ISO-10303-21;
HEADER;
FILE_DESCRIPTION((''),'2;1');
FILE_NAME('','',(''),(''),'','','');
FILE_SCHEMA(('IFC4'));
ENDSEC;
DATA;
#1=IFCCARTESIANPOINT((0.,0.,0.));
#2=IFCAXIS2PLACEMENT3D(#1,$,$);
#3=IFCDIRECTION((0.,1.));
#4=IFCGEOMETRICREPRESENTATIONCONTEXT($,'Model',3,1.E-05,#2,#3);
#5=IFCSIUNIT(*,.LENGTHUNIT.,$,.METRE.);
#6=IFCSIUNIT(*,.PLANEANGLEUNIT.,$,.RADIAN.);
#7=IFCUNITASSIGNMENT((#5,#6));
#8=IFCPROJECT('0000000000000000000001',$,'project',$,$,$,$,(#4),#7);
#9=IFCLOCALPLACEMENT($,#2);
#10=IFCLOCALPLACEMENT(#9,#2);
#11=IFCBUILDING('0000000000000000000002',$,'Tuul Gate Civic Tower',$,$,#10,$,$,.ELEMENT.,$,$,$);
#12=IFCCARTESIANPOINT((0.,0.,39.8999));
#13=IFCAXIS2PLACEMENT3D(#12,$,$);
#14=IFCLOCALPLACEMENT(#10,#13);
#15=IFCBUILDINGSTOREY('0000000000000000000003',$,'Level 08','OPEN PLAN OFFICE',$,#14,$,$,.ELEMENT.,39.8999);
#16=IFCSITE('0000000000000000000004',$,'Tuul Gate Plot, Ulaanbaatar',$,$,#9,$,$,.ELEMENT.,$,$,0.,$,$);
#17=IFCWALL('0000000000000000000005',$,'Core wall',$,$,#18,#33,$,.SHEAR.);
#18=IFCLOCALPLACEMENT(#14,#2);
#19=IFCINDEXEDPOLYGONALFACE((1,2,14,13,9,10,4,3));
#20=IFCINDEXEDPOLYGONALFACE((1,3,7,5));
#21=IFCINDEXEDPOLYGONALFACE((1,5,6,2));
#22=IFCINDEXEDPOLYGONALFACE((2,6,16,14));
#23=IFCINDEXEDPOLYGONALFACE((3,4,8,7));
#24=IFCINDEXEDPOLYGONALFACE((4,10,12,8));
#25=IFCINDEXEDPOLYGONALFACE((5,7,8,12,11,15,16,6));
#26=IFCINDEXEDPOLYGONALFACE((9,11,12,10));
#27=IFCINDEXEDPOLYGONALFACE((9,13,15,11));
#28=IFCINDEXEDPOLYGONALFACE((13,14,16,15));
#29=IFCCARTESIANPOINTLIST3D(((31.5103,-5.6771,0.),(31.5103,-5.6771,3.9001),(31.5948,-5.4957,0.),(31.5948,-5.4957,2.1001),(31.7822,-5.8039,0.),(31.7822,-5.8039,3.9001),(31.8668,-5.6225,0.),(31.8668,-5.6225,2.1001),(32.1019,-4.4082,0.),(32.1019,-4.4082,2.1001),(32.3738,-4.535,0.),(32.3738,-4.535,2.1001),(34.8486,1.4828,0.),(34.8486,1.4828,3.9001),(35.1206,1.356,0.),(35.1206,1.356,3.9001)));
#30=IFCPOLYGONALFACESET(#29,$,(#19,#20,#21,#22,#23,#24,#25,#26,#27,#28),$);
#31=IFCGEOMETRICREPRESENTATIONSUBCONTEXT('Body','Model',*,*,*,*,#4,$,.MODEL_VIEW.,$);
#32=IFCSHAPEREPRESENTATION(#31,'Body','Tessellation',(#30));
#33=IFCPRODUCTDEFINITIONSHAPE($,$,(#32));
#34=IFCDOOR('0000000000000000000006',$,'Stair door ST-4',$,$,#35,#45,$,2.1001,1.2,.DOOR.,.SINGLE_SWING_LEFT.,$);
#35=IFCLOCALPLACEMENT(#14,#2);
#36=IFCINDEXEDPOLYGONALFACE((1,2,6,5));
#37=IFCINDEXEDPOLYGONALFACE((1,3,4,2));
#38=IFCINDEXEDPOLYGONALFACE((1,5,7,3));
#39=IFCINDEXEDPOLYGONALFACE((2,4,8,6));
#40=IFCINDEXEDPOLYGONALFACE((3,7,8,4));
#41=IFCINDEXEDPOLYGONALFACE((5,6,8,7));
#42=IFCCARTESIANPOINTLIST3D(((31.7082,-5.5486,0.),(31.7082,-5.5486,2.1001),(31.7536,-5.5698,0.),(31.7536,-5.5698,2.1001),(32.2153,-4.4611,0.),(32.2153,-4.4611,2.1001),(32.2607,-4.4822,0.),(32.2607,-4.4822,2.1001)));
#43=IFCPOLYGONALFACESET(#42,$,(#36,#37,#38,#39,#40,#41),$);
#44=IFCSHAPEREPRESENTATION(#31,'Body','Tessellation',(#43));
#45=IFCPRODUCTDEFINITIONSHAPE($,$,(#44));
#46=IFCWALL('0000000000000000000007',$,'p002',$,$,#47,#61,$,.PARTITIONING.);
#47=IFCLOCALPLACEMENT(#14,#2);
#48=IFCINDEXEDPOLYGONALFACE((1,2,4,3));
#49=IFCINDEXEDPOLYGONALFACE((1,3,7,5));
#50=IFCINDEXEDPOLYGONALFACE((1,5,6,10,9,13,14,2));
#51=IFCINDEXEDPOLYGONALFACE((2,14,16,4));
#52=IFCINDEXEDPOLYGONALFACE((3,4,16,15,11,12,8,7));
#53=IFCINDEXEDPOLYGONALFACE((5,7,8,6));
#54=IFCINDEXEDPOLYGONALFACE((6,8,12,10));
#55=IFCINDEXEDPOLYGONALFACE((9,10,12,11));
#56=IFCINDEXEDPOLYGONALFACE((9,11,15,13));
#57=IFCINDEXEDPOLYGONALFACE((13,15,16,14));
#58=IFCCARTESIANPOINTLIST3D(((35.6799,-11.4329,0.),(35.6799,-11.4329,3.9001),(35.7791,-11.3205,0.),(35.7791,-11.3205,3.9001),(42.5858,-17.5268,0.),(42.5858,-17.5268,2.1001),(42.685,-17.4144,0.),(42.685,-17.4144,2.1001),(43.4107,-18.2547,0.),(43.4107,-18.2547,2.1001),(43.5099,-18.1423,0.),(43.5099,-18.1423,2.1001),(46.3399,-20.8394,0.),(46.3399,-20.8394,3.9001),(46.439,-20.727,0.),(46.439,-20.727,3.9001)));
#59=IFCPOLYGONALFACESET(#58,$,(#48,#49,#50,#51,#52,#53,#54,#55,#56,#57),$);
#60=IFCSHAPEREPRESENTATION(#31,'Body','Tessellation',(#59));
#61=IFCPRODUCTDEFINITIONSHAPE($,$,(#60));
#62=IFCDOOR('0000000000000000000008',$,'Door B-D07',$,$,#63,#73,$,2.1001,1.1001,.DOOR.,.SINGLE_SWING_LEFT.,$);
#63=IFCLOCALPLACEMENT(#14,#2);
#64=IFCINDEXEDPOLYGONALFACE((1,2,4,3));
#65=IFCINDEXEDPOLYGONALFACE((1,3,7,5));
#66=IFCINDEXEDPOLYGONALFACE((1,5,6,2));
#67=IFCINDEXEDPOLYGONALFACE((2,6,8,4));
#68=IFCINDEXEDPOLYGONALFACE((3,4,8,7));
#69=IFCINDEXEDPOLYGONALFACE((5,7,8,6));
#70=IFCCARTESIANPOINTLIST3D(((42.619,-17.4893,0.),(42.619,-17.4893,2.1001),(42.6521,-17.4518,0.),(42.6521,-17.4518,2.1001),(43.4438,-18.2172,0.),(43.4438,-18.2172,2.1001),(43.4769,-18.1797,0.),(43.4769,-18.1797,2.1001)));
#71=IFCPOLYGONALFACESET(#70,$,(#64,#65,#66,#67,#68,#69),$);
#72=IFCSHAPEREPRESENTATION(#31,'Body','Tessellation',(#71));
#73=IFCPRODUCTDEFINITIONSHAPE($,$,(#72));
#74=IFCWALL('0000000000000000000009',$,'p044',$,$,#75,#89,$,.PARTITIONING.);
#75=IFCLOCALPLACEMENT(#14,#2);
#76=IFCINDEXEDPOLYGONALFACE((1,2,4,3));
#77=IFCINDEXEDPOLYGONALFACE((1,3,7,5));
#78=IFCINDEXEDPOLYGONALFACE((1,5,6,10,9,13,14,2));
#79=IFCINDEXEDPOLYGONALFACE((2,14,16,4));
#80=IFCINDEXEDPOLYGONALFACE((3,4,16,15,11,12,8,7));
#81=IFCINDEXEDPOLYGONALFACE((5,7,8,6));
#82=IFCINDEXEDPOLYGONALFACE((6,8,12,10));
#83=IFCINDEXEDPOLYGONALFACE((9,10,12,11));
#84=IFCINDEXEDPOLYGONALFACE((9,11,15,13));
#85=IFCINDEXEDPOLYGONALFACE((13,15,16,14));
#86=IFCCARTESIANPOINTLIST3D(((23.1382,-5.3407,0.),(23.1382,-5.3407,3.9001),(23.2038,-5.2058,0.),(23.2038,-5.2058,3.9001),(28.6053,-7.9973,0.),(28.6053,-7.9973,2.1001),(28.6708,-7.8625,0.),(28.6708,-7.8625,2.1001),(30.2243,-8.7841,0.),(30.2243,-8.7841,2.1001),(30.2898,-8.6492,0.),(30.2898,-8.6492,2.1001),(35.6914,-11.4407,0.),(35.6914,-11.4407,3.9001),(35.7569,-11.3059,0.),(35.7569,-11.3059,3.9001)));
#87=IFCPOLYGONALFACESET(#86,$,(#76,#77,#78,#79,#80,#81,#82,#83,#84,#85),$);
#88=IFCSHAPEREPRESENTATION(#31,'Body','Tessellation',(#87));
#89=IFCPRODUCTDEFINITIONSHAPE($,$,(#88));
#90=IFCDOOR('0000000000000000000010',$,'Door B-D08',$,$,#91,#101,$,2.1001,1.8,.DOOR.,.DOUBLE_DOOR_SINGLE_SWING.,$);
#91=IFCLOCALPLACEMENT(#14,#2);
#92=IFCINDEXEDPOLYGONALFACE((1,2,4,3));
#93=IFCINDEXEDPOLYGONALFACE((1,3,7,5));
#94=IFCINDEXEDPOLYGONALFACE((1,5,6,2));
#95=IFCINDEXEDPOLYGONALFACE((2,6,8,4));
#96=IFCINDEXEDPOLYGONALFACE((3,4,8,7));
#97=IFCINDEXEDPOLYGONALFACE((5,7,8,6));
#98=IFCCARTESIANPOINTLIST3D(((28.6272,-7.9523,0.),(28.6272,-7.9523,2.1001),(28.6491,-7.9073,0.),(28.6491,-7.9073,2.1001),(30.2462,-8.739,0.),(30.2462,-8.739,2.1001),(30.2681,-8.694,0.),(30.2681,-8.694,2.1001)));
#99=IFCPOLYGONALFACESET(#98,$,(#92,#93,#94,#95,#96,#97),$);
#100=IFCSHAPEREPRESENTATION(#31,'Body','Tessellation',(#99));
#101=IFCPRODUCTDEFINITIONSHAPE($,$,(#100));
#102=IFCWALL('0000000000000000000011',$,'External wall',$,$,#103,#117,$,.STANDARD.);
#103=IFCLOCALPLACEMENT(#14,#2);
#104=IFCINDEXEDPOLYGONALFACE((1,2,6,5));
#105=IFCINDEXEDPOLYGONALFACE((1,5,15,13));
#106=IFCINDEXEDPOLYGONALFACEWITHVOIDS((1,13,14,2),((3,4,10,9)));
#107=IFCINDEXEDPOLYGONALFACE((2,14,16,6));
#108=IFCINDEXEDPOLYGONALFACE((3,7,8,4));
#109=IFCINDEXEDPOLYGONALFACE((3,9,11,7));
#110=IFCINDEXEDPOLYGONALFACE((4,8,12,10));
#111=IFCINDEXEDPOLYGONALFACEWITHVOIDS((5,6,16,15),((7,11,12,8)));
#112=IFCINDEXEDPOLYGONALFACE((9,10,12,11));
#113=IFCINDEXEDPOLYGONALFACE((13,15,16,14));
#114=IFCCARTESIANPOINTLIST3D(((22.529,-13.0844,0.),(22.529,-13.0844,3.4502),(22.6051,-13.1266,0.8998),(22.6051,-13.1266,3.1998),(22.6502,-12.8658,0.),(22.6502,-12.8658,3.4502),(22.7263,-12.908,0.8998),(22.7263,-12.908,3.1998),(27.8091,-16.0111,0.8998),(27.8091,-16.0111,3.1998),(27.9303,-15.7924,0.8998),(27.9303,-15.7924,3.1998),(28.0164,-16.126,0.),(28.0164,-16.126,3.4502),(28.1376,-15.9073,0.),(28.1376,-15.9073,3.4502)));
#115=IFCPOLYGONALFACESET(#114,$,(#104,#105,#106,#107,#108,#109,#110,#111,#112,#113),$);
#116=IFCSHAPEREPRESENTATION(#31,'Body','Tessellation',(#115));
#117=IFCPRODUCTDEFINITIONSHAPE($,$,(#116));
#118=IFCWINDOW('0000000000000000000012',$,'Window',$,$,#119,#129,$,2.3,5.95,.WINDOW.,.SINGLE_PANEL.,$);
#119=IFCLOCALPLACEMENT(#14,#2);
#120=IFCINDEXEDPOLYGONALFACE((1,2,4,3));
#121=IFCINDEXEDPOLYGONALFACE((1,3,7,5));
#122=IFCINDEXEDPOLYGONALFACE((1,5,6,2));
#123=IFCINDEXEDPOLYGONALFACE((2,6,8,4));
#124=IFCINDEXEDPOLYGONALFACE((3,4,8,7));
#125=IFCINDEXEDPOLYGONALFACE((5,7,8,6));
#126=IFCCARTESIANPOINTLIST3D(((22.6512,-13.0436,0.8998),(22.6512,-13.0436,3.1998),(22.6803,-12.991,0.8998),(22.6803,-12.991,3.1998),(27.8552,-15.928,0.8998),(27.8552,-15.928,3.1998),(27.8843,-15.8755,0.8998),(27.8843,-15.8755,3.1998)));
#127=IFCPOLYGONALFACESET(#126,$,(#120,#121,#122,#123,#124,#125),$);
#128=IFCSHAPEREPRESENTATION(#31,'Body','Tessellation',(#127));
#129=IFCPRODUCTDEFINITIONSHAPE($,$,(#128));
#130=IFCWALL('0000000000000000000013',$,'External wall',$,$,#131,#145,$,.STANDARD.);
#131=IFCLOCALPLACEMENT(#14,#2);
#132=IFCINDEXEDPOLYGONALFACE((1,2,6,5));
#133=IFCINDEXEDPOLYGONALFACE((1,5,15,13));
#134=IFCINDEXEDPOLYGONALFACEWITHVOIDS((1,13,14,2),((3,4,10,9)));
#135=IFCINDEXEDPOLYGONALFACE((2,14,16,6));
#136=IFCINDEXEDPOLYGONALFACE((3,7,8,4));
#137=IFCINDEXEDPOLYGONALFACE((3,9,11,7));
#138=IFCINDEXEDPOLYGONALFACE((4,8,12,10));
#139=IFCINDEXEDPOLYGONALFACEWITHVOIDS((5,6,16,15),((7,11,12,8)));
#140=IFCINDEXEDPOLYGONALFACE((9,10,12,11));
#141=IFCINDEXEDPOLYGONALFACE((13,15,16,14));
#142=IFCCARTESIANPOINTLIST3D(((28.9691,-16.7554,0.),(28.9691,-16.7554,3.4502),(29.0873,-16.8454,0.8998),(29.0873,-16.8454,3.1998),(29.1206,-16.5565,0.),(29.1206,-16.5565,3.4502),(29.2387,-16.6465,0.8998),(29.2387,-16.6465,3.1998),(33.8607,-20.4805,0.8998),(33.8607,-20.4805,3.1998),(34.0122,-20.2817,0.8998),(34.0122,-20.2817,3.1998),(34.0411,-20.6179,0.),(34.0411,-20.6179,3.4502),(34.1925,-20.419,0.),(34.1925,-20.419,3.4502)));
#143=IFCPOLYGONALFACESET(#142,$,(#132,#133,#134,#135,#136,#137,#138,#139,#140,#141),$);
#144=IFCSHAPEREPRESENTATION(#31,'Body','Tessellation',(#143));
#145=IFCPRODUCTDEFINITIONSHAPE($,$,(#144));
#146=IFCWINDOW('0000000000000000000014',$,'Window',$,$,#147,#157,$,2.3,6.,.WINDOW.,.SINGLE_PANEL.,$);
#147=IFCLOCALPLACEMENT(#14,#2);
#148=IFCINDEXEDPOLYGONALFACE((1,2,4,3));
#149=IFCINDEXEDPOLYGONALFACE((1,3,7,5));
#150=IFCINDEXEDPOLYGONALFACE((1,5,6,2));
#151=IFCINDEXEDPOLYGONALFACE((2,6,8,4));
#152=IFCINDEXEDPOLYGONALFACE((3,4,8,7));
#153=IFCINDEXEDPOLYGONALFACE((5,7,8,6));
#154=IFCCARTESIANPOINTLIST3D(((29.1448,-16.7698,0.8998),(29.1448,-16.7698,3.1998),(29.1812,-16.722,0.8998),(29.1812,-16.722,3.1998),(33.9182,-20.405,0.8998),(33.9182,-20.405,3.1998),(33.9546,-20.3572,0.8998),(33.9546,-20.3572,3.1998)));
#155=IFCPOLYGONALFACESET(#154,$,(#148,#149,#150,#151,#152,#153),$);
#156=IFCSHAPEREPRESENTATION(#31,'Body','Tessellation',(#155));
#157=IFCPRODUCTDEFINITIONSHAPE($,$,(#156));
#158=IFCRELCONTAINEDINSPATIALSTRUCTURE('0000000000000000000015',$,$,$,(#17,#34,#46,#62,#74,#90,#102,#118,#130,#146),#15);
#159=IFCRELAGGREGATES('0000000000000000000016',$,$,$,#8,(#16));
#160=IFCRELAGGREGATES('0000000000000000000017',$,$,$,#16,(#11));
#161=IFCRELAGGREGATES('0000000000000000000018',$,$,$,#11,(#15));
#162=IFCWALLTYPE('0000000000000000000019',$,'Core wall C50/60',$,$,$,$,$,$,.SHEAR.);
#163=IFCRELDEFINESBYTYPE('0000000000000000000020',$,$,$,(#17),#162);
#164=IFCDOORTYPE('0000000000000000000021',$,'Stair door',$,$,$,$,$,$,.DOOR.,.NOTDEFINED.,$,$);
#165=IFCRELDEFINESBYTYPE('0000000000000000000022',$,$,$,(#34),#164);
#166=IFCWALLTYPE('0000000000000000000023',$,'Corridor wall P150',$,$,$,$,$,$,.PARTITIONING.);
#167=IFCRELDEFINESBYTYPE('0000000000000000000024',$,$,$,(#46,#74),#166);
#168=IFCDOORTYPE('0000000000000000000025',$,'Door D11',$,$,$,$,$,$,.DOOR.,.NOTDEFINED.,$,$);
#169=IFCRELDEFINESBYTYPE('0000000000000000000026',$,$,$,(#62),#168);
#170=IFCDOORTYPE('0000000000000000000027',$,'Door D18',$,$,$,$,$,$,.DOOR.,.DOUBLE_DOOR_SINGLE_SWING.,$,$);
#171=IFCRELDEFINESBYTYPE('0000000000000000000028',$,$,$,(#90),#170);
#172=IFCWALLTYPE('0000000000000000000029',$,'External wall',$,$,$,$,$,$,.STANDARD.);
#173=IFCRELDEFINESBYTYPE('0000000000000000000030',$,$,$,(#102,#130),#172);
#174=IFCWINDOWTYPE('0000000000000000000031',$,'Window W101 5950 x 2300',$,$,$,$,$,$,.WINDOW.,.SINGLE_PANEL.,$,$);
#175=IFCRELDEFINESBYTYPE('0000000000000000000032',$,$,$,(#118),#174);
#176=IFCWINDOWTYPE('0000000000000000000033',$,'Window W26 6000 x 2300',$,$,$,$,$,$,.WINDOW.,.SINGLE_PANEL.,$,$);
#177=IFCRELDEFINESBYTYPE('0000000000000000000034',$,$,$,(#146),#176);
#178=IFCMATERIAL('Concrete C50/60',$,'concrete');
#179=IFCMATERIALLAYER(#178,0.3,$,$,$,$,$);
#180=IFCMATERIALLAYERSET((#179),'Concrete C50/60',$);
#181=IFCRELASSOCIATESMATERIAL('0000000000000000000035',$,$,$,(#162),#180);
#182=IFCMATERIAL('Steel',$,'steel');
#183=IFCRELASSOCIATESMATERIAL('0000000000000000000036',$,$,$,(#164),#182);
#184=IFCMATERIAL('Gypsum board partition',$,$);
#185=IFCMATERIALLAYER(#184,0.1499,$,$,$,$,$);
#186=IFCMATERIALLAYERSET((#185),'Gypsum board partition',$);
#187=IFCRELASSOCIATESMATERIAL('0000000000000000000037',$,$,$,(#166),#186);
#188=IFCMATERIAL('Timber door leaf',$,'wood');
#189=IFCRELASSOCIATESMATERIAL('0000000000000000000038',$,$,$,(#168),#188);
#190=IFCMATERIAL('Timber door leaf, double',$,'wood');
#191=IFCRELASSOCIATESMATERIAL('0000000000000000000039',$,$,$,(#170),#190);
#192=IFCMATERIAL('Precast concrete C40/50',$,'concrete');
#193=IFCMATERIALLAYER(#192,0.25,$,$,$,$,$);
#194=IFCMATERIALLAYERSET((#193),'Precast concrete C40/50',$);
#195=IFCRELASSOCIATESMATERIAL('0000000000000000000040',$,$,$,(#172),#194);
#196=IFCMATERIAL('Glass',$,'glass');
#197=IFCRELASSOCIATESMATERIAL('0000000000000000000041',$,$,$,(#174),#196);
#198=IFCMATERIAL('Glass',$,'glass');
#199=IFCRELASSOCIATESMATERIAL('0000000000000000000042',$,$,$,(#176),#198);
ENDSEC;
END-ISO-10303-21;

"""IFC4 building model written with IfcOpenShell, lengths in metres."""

from ifc_helpers import new_model, si_unit, direction, frame, frame_2d, origin, place, context, subcontext, project, spatial, rectangle, extrude, material, layer, layer_set, type_object, element, fill, save


model = new_model("IFC4")

# Units and contexts
model_context = context("Model", 3, precision=1e-05, world=origin(), true_north=direction((0.0, 1.0)))
body_context = subcontext(model_context, "Body", "Model", "MODEL_VIEW")
ifc_project = project(units=[si_unit("LENGTHUNIT", "METRE"), si_unit("PLANEANGLEUNIT", "RADIAN")], contexts=[model_context])

# Site, building, storey
site_placement = place(None, origin())
site = spatial("IfcSite", under=ifc_project, at=site_placement, Name="Tuul Gate Plot, Ulaanbaatar", CompositionType="ELEMENT", RefElevation=0.0)
building_placement = place(site_placement, origin())
building = spatial("IfcBuilding", under=site, at=building_placement, Name="Tuul Gate Civic Tower", CompositionType="ELEMENT")
storey_placement = place(building_placement, frame((0.0, 0.0, 39.8999)))
storey = spatial("IfcBuildingStorey", under=building, at=storey_placement, Name="Level 08", Description="OPEN PLAN OFFICE", CompositionType="ELEMENT", Elevation=39.8999)

# Shared definitions
ifc_material_1 = material(Name="Concrete C50/60", Category="concrete")
ifc_layer_1 = layer(ifc_material_1, 0.3)
ifc_layer_set_1 = layer_set([ifc_layer_1], Name="Concrete C50/60")
wall_type_1 = type_object("IfcWallType", Name="Core wall C50/60", PredefinedType="SHEAR", material=ifc_layer_set_1)

# Walls, openings, doors
wall_1_placement = place(storey_placement, frame((31.6462, -5.7405, 0.0), z_axis=(0.0, 0.0, 1.0), x_axis=(0.422583, 0.906324, 0.0)))
wall_1 = element("IfcWall", 1, at=wall_1_placement, inside=storey, type_object=wall_type_1, Name="Core wall", PredefinedType="SHEAR", context=body_context, shape_type="SweptSolid", body=[
    extrude(rectangle(XDim=7.8999, YDim=0.3, at=frame_2d((3.95, 0.0))), origin(), (0.0, 0.0, 1.0), 3.9001),
])
opening_1_placement = place(wall_1_placement, frame((0.2, 0.0, 0.0)))
opening_1 = element("IfcOpeningElement", 2, at=opening_1_placement, cuts=wall_1, PredefinedType="OPENING", context=body_context, shape_type="SweptSolid", body=[
    extrude(rectangle(XDim=1.2, YDim=2.1001, at=frame_2d((0.6001, 1.05))), frame((0.0, 0.1602, 0.0), z_axis=(0.0, -1.0, 0.0), x_axis=(1.0, 0.0, 0.0)), (0.0, 0.0, 1.0), 0.3201),
])
ifc_material_2 = material(Name="Steel", Category="steel")
door_type_1 = type_object("IfcDoorType", Name="Stair door", OperationType="NOTDEFINED", PredefinedType="DOOR", material=ifc_material_2)
door_1_placement = place(opening_1_placement, origin())
door_1 = element("IfcDoor", 3, at=door_1_placement, inside=storey, type_object=door_type_1, Name="Stair door ST-4", OperationType="SINGLE_SWING_LEFT", OverallHeight=2.1001, OverallWidth=1.2, PredefinedType="DOOR", context=body_context, shape_type="SweptSolid", body=[
    extrude(rectangle(XDim=1.2, YDim=2.1001, at=frame_2d((0.6001, 1.05))), frame((0.0, 0.0249, 0.0), z_axis=(0.0, -1.0, 0.0), x_axis=(1.0, 0.0, 0.0)), (0.0, 0.0, 1.0), 0.05),
])
fill(opening_1, door_1)
ifc_material_3 = material(Name="Gypsum board partition")
ifc_layer_2 = layer(ifc_material_3, 0.1499)
ifc_layer_set_2 = layer_set([ifc_layer_2], Name="Gypsum board partition")
wall_type_2 = type_object("IfcWallType", Name="Corridor wall P150", PredefinedType="PARTITIONING", material=ifc_layer_set_2)
wall_2_placement = place(storey_placement, frame((35.7295, -11.3767, 0.0), z_axis=(0.0, 0.0, 1.0), x_axis=(0.749814, -0.661649, 0.0)))
wall_2 = element("IfcWall", 4, at=wall_2_placement, inside=storey, type_object=wall_type_2, Name="p002", PredefinedType="PARTITIONING", context=body_context, shape_type="SweptSolid", body=[
    extrude(rectangle(XDim=14.2168, YDim=0.1499, at=frame_2d((7.1084, 0.0))), origin(), (0.0, 0.0, 1.0), 3.9001),
])
opening_2_placement = place(wall_2_placement, frame((9.2102, 0.0, 0.0)))
opening_2 = element("IfcOpeningElement", 5, at=opening_2_placement, cuts=wall_2, PredefinedType="OPENING", context=body_context, shape_type="SweptSolid", body=[
    extrude(rectangle(XDim=1.1001, YDim=2.1001, at=frame_2d((0.55, 1.05))), frame((0.0, 0.085, 0.0), z_axis=(0.0, -1.0, 0.0), x_axis=(1.0, 0.0, 0.0)), (0.0, 0.0, 1.0), 0.1699),
])
ifc_material_4 = material(Name="Timber door leaf", Category="wood")
door_type_2 = type_object("IfcDoorType", Name="Door D11", OperationType="NOTDEFINED", PredefinedType="DOOR", material=ifc_material_4)
door_2_placement = place(opening_2_placement, frame((1.1001, 0.0, 0.0), z_axis=(0.0, 0.0, 1.0), x_axis=(-1.0, 0.0, 0.0)))
door_2 = element("IfcDoor", 6, at=door_2_placement, inside=storey, type_object=door_type_2, Name="Door B-D07", OperationType="SINGLE_SWING_LEFT", OverallHeight=2.1001, OverallWidth=1.1001, PredefinedType="DOOR", context=body_context, shape_type="SweptSolid", body=[
    extrude(rectangle(XDim=1.1001, YDim=2.1001, at=frame_2d((0.55, 1.05))), frame((0.0, 0.0249, 0.0), z_axis=(0.0, -1.0, 0.0), x_axis=(1.0, 0.0, 0.0)), (0.0, 0.0, 1.0), 0.05),
])
fill(opening_2, door_2)
wall_3_placement = place(storey_placement, frame((23.1709, -5.2732, 0.0), z_axis=(0.0, 0.0, 1.0), x_axis=(0.899429, -0.437067, 0.0)))
wall_3 = element("IfcWall", 7, at=wall_3_placement, inside=storey, type_object=wall_type_2, Name="p044", PredefinedType="PARTITIONING", context=body_context, shape_type="SweptSolid", body=[
    extrude(rectangle(XDim=13.9568, YDim=0.1499, at=frame_2d((6.9785, 0.0))), origin(), (0.0, 0.0, 1.0), 3.9001),
])
opening_3_placement = place(wall_3_placement, frame((6.0786, 0.0, 0.0)))
opening_3 = element("IfcOpeningElement", 8, at=opening_3_placement, cuts=wall_3, PredefinedType="OPENING", context=body_context, shape_type="SweptSolid", body=[
    extrude(rectangle(XDim=1.8, YDim=2.1001, at=frame_2d((0.8999, 1.05))), frame((0.0, 0.085, 0.0), z_axis=(0.0, -1.0, 0.0), x_axis=(1.0, 0.0, 0.0)), (0.0, 0.0, 1.0), 0.1699),
])
ifc_material_5 = material(Name="Timber door leaf, double", Category="wood")
door_type_3 = type_object("IfcDoorType", Name="Door D18", OperationType="DOUBLE_DOOR_SINGLE_SWING", PredefinedType="DOOR", material=ifc_material_5)
door_3_placement = place(opening_3_placement, frame((1.8, 0.0, 0.0), z_axis=(0.0, 0.0, 1.0), x_axis=(-1.0, 0.0, 0.0)))
door_3 = element("IfcDoor", 9, at=door_3_placement, inside=storey, type_object=door_type_3, Name="Door B-D08", OperationType="DOUBLE_DOOR_SINGLE_SWING", OverallHeight=2.1001, OverallWidth=1.8, PredefinedType="DOOR", context=body_context, shape_type="SweptSolid", body=[
    extrude(rectangle(XDim=1.8, YDim=2.1001, at=frame_2d((0.9001, 1.05))), frame((0.0, 0.0249, 0.0), z_axis=(0.0, -1.0, 0.0), x_axis=(1.0, 0.0, 0.0)), (0.0, 0.0, 1.0), 0.05),
])
fill(opening_3, door_3)

# Walls, openings, windows
ifc_material_6 = material(Name="Precast concrete C40/50", Category="concrete")
ifc_layer_3 = layer(ifc_material_6, 0.25)
ifc_layer_set_3 = layer_set([ifc_layer_3], Name="Precast concrete C40/50")
wall_type_3 = type_object("IfcWallType", Name="External wall", PredefinedType="STANDARD", material=ifc_layer_set_3)
wall_4_placement = place(storey_placement, frame((22.5896, -12.9751, 0.0), z_axis=(0.0, 0.0, 1.0), x_axis=(0.87463, -0.48479, 0.0)))
wall_4 = element("IfcWall", 10, at=wall_4_placement, inside=storey, type_object=wall_type_3, Name="External wall", PredefinedType="STANDARD", context=body_context, shape_type="SweptSolid", body=[
    extrude(rectangle(XDim=6.2739, YDim=0.25, at=frame_2d((3.137, 0.0))), origin(), (0.0, 0.0, 1.0), 3.4502),
])
opening_4_placement = place(wall_4_placement, frame((0.0869, 0.0, 0.8999)))
opening_4 = element("IfcOpeningElement", 11, at=opening_4_placement, cuts=wall_4, PredefinedType="OPENING", context=body_context, shape_type="SweptSolid", body=[
    extrude(rectangle(XDim=5.95, YDim=2.3, at=frame_2d((2.9751, 1.1499))), frame((0.0, 0.135, 0.0), z_axis=(0.0, -1.0, 0.0), x_axis=(1.0, 0.0, 0.0)), (0.0, 0.0, 1.0), 0.27),
])
ifc_material_7 = material(Name="Glass", Category="glass")
window_type_1 = type_object("IfcWindowType", Name="Window W101 5950 x 2300", PartitioningType="SINGLE_PANEL", PredefinedType="WINDOW", material=ifc_material_7)
window_1_placement = place(opening_4_placement, origin())
window_1 = element("IfcWindow", 12, at=window_1_placement, inside=storey, type_object=window_type_1, Name="Window", OverallHeight=2.3, OverallWidth=5.95, PartitioningType="SINGLE_PANEL", PredefinedType="WINDOW", context=body_context, shape_type="SweptSolid", body=[
    extrude(rectangle(XDim=5.95, YDim=2.3, at=frame_2d((2.9751, 1.1499))), frame((0.0, 0.03, 0.0), z_axis=(0.0, -1.0, 0.0), x_axis=(1.0, 0.0, 0.0)), (0.0, 0.0, 1.0), 0.0601),
])
fill(opening_4, window_1)
wall_5_placement = place(storey_placement, frame((29.0449, -16.656, 0.0), z_axis=(0.0, 0.0, 1.0), x_axis=(0.795571, -0.60586, 0.0)))
wall_5 = element("IfcWall", 13, at=wall_5_placement, inside=storey, type_object=wall_type_3, Name="External wall", PredefinedType="STANDARD", context=body_context, shape_type="SweptSolid", body=[
    extrude(rectangle(XDim=6.3752, YDim=0.25, at=frame_2d((3.1875, 0.0))), origin(), (0.0, 0.0, 1.0), 3.4502),
])
opening_5_placement = place(wall_5_placement, frame((0.1484, 0.0, 0.8999)))
opening_5 = element("IfcOpeningElement", 14, at=opening_5_placement, cuts=wall_5, PredefinedType="OPENING", context=body_context, shape_type="SweptSolid", body=[
    extrude(rectangle(XDim=6.0, YDim=2.3, at=frame_2d((3.0, 1.1499))), frame((0.0, 0.135, 0.0), z_axis=(0.0, -1.0, 0.0), x_axis=(1.0, 0.0, 0.0)), (0.0, 0.0, 1.0), 0.27),
])
ifc_material_8 = material(Name="Glass", Category="glass")
window_type_2 = type_object("IfcWindowType", Name="Window W26 6000 x 2300", PartitioningType="SINGLE_PANEL", PredefinedType="WINDOW", material=ifc_material_8)
window_2_placement = place(opening_5_placement, origin())
window_2 = element("IfcWindow", 15, at=window_2_placement, inside=storey, type_object=window_type_2, Name="Window", OverallHeight=2.3, OverallWidth=6.0, PartitioningType="SINGLE_PANEL", PredefinedType="WINDOW", context=body_context, shape_type="SweptSolid", body=[
    extrude(rectangle(XDim=6.0, YDim=2.3, at=frame_2d((3.0, 1.1499))), frame((0.0, 0.03, 0.0), z_axis=(0.0, -1.0, 0.0), x_axis=(1.0, 0.0, 0.0)), (0.0, 0.0, 1.0), 0.0601),
])
fill(opening_5, window_2)

save(model, "model.ifc")
